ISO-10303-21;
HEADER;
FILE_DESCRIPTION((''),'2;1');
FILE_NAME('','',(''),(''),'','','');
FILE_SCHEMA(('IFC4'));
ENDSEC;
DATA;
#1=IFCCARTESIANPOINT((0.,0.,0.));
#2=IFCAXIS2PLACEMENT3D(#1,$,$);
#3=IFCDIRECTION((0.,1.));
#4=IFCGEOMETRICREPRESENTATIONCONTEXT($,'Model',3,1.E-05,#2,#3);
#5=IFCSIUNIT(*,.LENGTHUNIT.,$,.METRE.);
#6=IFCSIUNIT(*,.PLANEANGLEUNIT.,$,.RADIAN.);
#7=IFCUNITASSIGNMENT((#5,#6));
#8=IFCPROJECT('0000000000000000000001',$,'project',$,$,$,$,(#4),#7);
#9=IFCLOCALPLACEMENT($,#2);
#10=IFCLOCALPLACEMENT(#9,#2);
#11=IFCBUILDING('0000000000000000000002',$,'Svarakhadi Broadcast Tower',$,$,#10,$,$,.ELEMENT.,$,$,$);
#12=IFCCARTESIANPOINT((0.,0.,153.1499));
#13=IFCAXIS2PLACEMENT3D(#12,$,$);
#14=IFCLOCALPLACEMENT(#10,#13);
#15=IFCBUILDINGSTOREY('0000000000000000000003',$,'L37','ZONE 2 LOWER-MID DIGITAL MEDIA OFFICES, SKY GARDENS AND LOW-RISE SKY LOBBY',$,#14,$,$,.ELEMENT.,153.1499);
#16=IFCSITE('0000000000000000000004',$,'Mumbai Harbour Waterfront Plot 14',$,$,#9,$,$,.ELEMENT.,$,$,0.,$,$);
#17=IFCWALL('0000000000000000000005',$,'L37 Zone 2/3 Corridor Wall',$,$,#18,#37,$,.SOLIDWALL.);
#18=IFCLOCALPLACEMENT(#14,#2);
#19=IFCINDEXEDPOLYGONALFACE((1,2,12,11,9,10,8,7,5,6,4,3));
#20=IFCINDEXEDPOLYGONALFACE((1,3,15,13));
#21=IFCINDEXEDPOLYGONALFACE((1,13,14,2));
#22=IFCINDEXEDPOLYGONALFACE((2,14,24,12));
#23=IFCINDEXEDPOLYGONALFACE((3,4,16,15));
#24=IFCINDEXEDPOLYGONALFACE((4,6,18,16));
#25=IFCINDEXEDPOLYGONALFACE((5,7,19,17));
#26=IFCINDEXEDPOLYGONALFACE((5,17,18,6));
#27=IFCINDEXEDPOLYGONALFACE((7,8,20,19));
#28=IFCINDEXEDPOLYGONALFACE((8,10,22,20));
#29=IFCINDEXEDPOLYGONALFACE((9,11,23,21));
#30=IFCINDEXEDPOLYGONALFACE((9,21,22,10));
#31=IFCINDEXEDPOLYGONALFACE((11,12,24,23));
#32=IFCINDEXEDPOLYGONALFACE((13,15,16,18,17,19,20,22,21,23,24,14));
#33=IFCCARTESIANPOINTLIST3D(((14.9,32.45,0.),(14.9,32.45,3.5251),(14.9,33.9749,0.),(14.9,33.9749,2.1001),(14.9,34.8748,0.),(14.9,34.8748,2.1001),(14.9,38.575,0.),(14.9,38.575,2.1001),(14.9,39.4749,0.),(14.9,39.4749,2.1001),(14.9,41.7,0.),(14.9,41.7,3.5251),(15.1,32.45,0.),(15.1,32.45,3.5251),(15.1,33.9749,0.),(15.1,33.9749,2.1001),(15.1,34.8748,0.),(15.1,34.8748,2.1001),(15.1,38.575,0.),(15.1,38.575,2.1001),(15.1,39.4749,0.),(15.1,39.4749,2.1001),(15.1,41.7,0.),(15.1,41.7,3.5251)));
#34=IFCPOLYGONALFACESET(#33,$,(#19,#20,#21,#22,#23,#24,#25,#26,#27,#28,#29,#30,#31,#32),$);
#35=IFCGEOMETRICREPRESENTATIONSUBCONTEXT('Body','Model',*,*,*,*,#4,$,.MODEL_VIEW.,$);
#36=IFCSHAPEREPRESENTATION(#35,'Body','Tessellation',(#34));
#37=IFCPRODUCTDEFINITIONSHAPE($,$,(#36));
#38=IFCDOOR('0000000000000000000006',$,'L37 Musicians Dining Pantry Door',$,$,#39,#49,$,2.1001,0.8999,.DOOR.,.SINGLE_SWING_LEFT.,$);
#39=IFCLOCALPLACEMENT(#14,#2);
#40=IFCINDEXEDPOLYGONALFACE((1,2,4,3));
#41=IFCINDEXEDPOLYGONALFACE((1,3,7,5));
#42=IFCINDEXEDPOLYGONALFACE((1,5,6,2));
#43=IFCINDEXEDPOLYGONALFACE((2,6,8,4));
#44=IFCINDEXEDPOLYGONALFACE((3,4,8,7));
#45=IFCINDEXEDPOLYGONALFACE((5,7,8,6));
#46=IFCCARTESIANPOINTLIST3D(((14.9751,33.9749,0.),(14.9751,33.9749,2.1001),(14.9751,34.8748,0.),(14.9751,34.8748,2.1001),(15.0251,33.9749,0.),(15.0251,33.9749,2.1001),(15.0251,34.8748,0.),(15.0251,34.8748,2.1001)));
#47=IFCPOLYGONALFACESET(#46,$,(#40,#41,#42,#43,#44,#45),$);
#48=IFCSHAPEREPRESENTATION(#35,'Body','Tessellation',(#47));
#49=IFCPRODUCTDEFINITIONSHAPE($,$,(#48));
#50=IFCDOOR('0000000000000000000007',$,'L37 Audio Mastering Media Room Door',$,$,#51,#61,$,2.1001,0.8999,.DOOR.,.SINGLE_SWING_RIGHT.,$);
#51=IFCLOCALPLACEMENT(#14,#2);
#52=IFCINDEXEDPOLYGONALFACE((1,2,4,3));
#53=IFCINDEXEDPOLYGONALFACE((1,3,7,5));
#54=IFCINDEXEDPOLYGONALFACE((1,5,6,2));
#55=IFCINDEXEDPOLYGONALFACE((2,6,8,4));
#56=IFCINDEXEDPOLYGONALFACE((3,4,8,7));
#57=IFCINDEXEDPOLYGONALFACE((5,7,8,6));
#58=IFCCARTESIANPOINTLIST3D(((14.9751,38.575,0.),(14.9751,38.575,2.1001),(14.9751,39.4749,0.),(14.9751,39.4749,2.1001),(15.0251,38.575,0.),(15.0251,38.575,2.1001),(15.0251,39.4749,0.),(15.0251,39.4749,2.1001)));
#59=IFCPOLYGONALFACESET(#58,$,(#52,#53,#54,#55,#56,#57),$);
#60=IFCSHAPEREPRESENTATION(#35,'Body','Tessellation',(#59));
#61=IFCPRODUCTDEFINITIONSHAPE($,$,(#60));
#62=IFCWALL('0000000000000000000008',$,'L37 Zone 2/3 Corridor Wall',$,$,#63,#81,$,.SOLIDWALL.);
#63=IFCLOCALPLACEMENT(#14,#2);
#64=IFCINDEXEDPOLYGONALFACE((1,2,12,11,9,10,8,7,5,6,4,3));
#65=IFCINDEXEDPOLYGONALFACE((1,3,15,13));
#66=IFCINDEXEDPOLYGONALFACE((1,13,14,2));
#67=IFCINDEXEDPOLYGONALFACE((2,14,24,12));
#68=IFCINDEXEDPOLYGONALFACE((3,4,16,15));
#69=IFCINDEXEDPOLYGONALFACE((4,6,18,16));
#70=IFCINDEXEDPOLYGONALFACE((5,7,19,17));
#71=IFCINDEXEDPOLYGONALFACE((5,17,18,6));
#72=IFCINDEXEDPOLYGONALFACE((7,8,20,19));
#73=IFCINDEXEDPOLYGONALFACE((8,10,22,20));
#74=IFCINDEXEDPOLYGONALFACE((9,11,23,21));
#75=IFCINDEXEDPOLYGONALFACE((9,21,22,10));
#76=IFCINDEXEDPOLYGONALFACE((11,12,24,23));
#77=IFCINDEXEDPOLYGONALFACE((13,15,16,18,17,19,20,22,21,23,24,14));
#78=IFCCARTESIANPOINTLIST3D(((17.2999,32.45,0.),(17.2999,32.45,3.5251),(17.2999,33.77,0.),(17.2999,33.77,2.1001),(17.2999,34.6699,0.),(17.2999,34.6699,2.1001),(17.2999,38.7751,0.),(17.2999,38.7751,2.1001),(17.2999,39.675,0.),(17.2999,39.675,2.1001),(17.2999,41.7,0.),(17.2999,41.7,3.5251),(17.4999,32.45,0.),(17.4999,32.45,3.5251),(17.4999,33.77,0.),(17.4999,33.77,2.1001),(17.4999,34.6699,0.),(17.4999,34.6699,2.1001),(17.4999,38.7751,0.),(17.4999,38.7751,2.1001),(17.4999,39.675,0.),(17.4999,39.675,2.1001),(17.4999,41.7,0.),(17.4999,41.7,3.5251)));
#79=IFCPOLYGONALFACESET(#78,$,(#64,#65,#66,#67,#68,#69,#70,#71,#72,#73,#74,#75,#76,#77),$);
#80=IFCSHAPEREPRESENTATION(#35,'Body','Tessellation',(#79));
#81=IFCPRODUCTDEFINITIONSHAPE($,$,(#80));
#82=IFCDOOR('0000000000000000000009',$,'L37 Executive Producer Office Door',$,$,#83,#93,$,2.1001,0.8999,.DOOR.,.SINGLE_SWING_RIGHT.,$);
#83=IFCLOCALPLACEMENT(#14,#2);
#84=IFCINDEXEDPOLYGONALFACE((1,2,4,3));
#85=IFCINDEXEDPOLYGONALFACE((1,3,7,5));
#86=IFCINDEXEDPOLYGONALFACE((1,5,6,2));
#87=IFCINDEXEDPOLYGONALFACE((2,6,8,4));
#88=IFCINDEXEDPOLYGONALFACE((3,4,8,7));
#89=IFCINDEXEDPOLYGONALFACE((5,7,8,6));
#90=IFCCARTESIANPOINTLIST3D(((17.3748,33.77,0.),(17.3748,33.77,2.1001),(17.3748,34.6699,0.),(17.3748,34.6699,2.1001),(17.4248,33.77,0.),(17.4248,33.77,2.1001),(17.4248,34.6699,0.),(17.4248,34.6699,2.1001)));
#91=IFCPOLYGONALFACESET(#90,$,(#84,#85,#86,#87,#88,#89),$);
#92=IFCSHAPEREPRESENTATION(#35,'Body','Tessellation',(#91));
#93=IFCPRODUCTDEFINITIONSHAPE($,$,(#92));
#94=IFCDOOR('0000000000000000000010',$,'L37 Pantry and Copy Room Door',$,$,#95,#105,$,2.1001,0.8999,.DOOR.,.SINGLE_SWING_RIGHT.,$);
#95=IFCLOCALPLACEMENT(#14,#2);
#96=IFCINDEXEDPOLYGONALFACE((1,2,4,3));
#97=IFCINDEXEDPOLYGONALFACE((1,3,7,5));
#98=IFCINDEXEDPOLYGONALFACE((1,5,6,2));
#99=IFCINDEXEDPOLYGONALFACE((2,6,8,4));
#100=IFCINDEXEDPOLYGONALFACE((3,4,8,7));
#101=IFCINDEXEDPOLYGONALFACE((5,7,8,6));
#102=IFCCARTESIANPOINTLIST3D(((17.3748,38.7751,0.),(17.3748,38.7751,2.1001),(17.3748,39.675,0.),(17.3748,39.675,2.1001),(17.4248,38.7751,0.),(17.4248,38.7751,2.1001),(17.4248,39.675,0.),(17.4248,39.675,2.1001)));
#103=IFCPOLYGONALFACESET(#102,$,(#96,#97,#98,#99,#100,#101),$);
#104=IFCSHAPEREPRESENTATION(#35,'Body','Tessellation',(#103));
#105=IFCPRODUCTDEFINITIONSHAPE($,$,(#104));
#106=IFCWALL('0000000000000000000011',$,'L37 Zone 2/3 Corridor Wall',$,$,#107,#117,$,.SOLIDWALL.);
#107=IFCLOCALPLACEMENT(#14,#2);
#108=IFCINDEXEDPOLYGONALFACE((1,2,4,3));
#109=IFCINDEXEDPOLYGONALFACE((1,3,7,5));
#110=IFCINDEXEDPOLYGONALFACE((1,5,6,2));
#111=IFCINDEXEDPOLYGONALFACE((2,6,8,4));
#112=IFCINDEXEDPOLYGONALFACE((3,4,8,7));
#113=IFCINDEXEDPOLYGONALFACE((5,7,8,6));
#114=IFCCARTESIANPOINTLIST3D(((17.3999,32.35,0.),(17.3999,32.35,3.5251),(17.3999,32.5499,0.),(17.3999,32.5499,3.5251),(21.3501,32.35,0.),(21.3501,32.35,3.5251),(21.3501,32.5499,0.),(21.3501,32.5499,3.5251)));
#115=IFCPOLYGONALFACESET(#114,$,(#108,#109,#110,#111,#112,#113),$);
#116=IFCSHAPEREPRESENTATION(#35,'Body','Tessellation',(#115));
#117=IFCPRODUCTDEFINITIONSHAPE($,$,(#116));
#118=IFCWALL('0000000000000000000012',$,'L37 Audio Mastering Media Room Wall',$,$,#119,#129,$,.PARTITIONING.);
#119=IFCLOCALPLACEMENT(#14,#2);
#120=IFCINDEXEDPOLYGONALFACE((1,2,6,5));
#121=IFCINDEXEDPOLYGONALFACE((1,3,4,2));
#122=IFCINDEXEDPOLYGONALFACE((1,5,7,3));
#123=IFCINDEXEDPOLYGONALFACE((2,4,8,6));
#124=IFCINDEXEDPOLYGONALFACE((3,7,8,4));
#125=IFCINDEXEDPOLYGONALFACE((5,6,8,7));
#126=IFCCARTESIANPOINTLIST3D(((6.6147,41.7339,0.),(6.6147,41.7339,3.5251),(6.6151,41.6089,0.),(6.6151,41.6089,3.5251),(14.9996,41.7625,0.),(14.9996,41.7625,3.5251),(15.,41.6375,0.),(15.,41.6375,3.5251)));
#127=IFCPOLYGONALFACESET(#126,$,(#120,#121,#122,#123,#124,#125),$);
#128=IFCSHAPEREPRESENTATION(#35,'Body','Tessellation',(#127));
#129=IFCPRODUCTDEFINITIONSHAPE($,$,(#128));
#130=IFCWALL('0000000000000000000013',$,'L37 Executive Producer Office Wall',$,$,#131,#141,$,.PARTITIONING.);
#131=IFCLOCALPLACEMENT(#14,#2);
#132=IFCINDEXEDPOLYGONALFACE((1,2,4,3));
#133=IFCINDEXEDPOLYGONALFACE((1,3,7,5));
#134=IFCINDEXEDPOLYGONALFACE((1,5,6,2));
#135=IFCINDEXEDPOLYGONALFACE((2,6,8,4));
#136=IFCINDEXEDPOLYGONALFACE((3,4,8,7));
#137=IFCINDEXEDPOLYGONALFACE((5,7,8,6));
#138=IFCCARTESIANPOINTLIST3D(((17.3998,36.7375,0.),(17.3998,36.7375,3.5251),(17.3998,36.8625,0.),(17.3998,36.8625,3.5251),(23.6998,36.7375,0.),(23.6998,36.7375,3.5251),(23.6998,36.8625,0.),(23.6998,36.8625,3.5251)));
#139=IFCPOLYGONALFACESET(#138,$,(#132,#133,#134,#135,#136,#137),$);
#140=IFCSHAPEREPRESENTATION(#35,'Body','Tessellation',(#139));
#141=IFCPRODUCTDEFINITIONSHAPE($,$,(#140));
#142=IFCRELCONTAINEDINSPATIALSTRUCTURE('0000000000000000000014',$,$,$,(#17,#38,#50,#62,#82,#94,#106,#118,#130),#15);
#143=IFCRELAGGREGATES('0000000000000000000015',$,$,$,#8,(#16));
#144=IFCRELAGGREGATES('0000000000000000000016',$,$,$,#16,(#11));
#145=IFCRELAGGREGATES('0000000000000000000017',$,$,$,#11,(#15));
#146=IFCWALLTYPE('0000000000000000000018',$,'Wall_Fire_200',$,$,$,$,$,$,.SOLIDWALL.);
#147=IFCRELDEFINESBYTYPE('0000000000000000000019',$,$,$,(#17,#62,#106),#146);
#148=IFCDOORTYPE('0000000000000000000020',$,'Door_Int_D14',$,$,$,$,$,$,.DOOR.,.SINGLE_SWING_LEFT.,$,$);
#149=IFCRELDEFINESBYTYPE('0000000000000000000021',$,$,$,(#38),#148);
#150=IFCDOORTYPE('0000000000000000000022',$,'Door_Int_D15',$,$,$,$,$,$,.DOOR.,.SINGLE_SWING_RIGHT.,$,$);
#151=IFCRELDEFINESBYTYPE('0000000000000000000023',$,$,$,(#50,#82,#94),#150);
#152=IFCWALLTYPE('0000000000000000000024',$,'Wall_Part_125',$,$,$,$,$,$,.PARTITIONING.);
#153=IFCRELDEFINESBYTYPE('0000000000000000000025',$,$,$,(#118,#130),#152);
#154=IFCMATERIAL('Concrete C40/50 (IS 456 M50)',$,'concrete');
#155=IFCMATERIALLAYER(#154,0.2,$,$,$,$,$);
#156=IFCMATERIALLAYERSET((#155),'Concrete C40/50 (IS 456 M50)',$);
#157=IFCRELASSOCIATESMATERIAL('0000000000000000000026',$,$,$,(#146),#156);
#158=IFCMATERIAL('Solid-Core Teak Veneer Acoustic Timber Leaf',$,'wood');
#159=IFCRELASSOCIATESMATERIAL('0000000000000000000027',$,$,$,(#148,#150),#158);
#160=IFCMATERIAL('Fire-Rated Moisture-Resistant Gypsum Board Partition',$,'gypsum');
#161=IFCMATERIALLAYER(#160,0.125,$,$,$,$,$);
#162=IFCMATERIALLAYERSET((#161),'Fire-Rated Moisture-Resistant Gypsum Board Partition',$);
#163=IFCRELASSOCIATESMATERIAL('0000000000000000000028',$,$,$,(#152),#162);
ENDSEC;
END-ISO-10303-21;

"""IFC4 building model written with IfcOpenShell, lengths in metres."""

from ifc_helpers import new_model, si_unit, direction, frame, frame_2d, origin, place, context, subcontext, project, spatial, rectangle, extrude, material, layer, layer_set, type_object, element, fill, save


model = new_model("IFC4")

# Units and contexts
model_context = context("Model", 3, precision=1e-05, world=origin(), true_north=direction((0.0, 1.0)))
body_context = subcontext(model_context, "Body", "Model", "MODEL_VIEW")
ifc_project = project(units=[si_unit("LENGTHUNIT", "METRE"), si_unit("PLANEANGLEUNIT", "RADIAN")], contexts=[model_context])

# Site, building, storey
site_placement = place(None, origin())
site = spatial("IfcSite", under=ifc_project, at=site_placement, Name="Mumbai Harbour Waterfront Plot 14", CompositionType="ELEMENT", RefElevation=0.0)
building_placement = place(site_placement, origin())
building = spatial("IfcBuilding", under=site, at=building_placement, Name="Svarakhadi Broadcast Tower", CompositionType="ELEMENT")
storey_placement = place(building_placement, frame((0.0, 0.0, 153.1499)))
storey = spatial("IfcBuildingStorey", under=building, at=storey_placement, Name="L37", Description="ZONE 2 LOWER-MID DIGITAL MEDIA OFFICES, SKY GARDENS AND LOW-RISE SKY LOBBY", CompositionType="ELEMENT", Elevation=153.1499)

# Shared definitions
ifc_material_1 = material(Name="Concrete C40/50 (IS 456 M50)", Category="concrete")

# Walls, openings, doors
ifc_layer_1 = layer(ifc_material_1, 0.2)
ifc_layer_set_1 = layer_set([ifc_layer_1], Name="Concrete C40/50 (IS 456 M50)")
wall_type_1 = type_object("IfcWallType", Name="Wall_Fire_200", PredefinedType="SOLIDWALL", material=ifc_layer_set_1)
wall_1_placement = place(storey_placement, frame((15.0, 32.45, 0.0), z_axis=(0.0, 0.0, 1.0), x_axis=(0.0, 1.0, 0.0)))
wall_1 = element("IfcWall", 1, at=wall_1_placement, inside=storey, type_object=wall_type_1, Name="L37 Zone 2/3 Corridor Wall", PredefinedType="SOLIDWALL", context=body_context, shape_type="SweptSolid", body=[
    extrude(rectangle(XDim=9.25, YDim=0.2, at=frame_2d((4.625, 0.0))), origin(), (0.0, 0.0, 1.0), 3.5251),
])
opening_1_placement = place(wall_1_placement, frame((1.5249, 0.0, 0.0)))
opening_1 = element("IfcOpeningElement", 2, at=opening_1_placement, cuts=wall_1, PredefinedType="OPENING", context=body_context, shape_type="SweptSolid", body=[
    extrude(rectangle(XDim=0.8999, YDim=2.1001, at=frame_2d((0.45, 1.05))), frame((0.0, 0.1099, 0.0), z_axis=(0.0, -1.0, 0.0), x_axis=(1.0, 0.0, 0.0)), (0.0, 0.0, 1.0), 0.22),
])
opening_2_placement = place(wall_1_placement, frame((6.125, 0.0, 0.0)))
opening_2 = element("IfcOpeningElement", 3, at=opening_2_placement, cuts=wall_1, PredefinedType="OPENING", context=body_context, shape_type="SweptSolid", body=[
    extrude(rectangle(XDim=0.8999, YDim=2.1001, at=frame_2d((0.45, 1.05))), frame((0.0, 0.1099, 0.0), z_axis=(0.0, -1.0, 0.0), x_axis=(1.0, 0.0, 0.0)), (0.0, 0.0, 1.0), 0.22),
])
ifc_material_2 = material(Name="Solid-Core Teak Veneer Acoustic Timber Leaf", Category="wood")
door_type_1 = type_object("IfcDoorType", Name="Door_Int_D14", OperationType="SINGLE_SWING_LEFT", PredefinedType="DOOR", material=ifc_material_2)
door_1_placement = place(opening_1_placement, origin())
door_1 = element("IfcDoor", 4, at=door_1_placement, inside=storey, type_object=door_type_1, Name="L37 Musicians Dining Pantry Door", OperationType="SINGLE_SWING_LEFT", OverallHeight=2.1001, OverallWidth=0.8999, PredefinedType="DOOR", context=body_context, shape_type="SweptSolid", body=[
    extrude(rectangle(XDim=0.8999, YDim=2.1001, at=frame_2d((0.45, 1.05))), frame((0.0, 0.0249, 0.0), z_axis=(0.0, -1.0, 0.0), x_axis=(1.0, 0.0, 0.0)), (0.0, 0.0, 1.0), 0.05),
])
fill(opening_1, door_1)
door_type_2 = type_object("IfcDoorType", Name="Door_Int_D15", OperationType="SINGLE_SWING_RIGHT", PredefinedType="DOOR", material=ifc_material_2)
door_2_placement = place(opening_2_placement, origin())
door_2 = element("IfcDoor", 5, at=door_2_placement, inside=storey, type_object=door_type_2, Name="L37 Audio Mastering Media Room Door", OperationType="SINGLE_SWING_RIGHT", OverallHeight=2.1001, OverallWidth=0.8999, PredefinedType="DOOR", context=body_context, shape_type="SweptSolid", body=[
    extrude(rectangle(XDim=0.8999, YDim=2.1001, at=frame_2d((0.45, 1.05))), frame((0.0, 0.0249, 0.0), z_axis=(0.0, -1.0, 0.0), x_axis=(1.0, 0.0, 0.0)), (0.0, 0.0, 1.0), 0.05),
])
fill(opening_2, door_2)
wall_2_placement = place(storey_placement, frame((17.3999, 41.7, 0.0), z_axis=(0.0, 0.0, 1.0), x_axis=(0.0, -1.0, 0.0)))
wall_2 = element("IfcWall", 6, at=wall_2_placement, inside=storey, type_object=wall_type_1, Name="L37 Zone 2/3 Corridor Wall", PredefinedType="SOLIDWALL", context=body_context, shape_type="SweptSolid", body=[
    extrude(rectangle(XDim=9.25, YDim=0.2, at=frame_2d((4.625, 0.0))), origin(), (0.0, 0.0, 1.0), 3.5251),
])
opening_3_placement = place(wall_2_placement, frame((7.03, 0.0, 0.0)))
opening_3 = element("IfcOpeningElement", 7, at=opening_3_placement, cuts=wall_2, PredefinedType="OPENING", context=body_context, shape_type="SweptSolid", body=[
    extrude(rectangle(XDim=0.8999, YDim=2.1001, at=frame_2d((0.45, 1.05))), frame((0.0, 0.1099, 0.0), z_axis=(0.0, -1.0, 0.0), x_axis=(1.0, 0.0, 0.0)), (0.0, 0.0, 1.0), 0.22),
])
opening_4_placement = place(wall_2_placement, frame((2.0249, 0.0, 0.0)))
opening_4 = element("IfcOpeningElement", 8, at=opening_4_placement, cuts=wall_2, PredefinedType="OPENING", context=body_context, shape_type="SweptSolid", body=[
    extrude(rectangle(XDim=0.8999, YDim=2.1001, at=frame_2d((0.45, 1.05))), frame((0.0, 0.1099, 0.0), z_axis=(0.0, -1.0, 0.0), x_axis=(1.0, 0.0, 0.0)), (0.0, 0.0, 1.0), 0.22),
])
door_3_placement = place(opening_3_placement, origin())
door_3 = element("IfcDoor", 9, at=door_3_placement, inside=storey, type_object=door_type_2, Name="L37 Executive Producer Office Door", OperationType="SINGLE_SWING_RIGHT", OverallHeight=2.1001, OverallWidth=0.8999, PredefinedType="DOOR", context=body_context, shape_type="SweptSolid", body=[
    extrude(rectangle(XDim=0.8999, YDim=2.1001, at=frame_2d((0.45, 1.05))), frame((0.0, 0.0249, 0.0), z_axis=(0.0, -1.0, 0.0), x_axis=(1.0, 0.0, 0.0)), (0.0, 0.0, 1.0), 0.05),
])
fill(opening_3, door_3)
door_4_placement = place(opening_4_placement, origin())
door_4 = element("IfcDoor", 10, at=door_4_placement, inside=storey, type_object=door_type_2, Name="L37 Pantry and Copy Room Door", OperationType="SINGLE_SWING_RIGHT", OverallHeight=2.1001, OverallWidth=0.8999, PredefinedType="DOOR", context=body_context, shape_type="SweptSolid", body=[
    extrude(rectangle(XDim=0.8999, YDim=2.1001, at=frame_2d((0.45, 1.05))), frame((0.0, 0.0249, 0.0), z_axis=(0.0, -1.0, 0.0), x_axis=(1.0, 0.0, 0.0)), (0.0, 0.0, 1.0), 0.05),
])
fill(opening_4, door_4)

# Walls
wall_3_placement = place(storey_placement, frame((17.3999, 32.45, 0.0), z_axis=(0.0, 0.0, 1.0), x_axis=(1.0, 0.0, 0.0)))
element("IfcWall", 11, at=wall_3_placement, inside=storey, type_object=wall_type_1, Name="L37 Zone 2/3 Corridor Wall", PredefinedType="SOLIDWALL", context=body_context, shape_type="SweptSolid", body=[
    extrude(rectangle(XDim=3.9502, YDim=0.2, at=frame_2d((1.9751, 0.0))), origin(), (0.0, 0.0, 1.0), 3.5251),
])
ifc_material_3 = material(Name="Fire-Rated Moisture-Resistant Gypsum Board Partition", Category="gypsum")
ifc_layer_2 = layer(ifc_material_3, 0.125)
ifc_layer_set_2 = layer_set([ifc_layer_2], Name="Fire-Rated Moisture-Resistant Gypsum Board Partition")
wall_type_2 = type_object("IfcWallType", Name="Wall_Part_125", PredefinedType="PARTITIONING", material=ifc_layer_set_2)
wall_4_placement = place(storey_placement, frame((6.615, 41.6714, 0.0), z_axis=(0.0, 0.0, 1.0), x_axis=(0.999994, 0.003407, 0.0)))
element("IfcWall", 12, at=wall_4_placement, inside=storey, type_object=wall_type_2, Name="L37 Audio Mastering Media Room Wall", PredefinedType="PARTITIONING", context=body_context, shape_type="SweptSolid", body=[
    extrude(rectangle(XDim=8.385, YDim=0.125, at=frame_2d((4.1924, 0.0))), origin(), (0.0, 0.0, 1.0), 3.5251),
])
wall_5_placement = place(storey_placement, frame((17.3999, 36.8, 0.0), z_axis=(0.0, 0.0, 1.0), x_axis=(1.0, 0.0, 0.0)))
element("IfcWall", 13, at=wall_5_placement, inside=storey, type_object=wall_type_2, Name="L37 Executive Producer Office Wall", PredefinedType="PARTITIONING", context=body_context, shape_type="SweptSolid", body=[
    extrude(rectangle(XDim=6.3, YDim=0.125, at=frame_2d((3.1499, 0.0))), origin(), (0.0, 0.0, 1.0), 3.5251),
])

save(model, "model.ifc")
